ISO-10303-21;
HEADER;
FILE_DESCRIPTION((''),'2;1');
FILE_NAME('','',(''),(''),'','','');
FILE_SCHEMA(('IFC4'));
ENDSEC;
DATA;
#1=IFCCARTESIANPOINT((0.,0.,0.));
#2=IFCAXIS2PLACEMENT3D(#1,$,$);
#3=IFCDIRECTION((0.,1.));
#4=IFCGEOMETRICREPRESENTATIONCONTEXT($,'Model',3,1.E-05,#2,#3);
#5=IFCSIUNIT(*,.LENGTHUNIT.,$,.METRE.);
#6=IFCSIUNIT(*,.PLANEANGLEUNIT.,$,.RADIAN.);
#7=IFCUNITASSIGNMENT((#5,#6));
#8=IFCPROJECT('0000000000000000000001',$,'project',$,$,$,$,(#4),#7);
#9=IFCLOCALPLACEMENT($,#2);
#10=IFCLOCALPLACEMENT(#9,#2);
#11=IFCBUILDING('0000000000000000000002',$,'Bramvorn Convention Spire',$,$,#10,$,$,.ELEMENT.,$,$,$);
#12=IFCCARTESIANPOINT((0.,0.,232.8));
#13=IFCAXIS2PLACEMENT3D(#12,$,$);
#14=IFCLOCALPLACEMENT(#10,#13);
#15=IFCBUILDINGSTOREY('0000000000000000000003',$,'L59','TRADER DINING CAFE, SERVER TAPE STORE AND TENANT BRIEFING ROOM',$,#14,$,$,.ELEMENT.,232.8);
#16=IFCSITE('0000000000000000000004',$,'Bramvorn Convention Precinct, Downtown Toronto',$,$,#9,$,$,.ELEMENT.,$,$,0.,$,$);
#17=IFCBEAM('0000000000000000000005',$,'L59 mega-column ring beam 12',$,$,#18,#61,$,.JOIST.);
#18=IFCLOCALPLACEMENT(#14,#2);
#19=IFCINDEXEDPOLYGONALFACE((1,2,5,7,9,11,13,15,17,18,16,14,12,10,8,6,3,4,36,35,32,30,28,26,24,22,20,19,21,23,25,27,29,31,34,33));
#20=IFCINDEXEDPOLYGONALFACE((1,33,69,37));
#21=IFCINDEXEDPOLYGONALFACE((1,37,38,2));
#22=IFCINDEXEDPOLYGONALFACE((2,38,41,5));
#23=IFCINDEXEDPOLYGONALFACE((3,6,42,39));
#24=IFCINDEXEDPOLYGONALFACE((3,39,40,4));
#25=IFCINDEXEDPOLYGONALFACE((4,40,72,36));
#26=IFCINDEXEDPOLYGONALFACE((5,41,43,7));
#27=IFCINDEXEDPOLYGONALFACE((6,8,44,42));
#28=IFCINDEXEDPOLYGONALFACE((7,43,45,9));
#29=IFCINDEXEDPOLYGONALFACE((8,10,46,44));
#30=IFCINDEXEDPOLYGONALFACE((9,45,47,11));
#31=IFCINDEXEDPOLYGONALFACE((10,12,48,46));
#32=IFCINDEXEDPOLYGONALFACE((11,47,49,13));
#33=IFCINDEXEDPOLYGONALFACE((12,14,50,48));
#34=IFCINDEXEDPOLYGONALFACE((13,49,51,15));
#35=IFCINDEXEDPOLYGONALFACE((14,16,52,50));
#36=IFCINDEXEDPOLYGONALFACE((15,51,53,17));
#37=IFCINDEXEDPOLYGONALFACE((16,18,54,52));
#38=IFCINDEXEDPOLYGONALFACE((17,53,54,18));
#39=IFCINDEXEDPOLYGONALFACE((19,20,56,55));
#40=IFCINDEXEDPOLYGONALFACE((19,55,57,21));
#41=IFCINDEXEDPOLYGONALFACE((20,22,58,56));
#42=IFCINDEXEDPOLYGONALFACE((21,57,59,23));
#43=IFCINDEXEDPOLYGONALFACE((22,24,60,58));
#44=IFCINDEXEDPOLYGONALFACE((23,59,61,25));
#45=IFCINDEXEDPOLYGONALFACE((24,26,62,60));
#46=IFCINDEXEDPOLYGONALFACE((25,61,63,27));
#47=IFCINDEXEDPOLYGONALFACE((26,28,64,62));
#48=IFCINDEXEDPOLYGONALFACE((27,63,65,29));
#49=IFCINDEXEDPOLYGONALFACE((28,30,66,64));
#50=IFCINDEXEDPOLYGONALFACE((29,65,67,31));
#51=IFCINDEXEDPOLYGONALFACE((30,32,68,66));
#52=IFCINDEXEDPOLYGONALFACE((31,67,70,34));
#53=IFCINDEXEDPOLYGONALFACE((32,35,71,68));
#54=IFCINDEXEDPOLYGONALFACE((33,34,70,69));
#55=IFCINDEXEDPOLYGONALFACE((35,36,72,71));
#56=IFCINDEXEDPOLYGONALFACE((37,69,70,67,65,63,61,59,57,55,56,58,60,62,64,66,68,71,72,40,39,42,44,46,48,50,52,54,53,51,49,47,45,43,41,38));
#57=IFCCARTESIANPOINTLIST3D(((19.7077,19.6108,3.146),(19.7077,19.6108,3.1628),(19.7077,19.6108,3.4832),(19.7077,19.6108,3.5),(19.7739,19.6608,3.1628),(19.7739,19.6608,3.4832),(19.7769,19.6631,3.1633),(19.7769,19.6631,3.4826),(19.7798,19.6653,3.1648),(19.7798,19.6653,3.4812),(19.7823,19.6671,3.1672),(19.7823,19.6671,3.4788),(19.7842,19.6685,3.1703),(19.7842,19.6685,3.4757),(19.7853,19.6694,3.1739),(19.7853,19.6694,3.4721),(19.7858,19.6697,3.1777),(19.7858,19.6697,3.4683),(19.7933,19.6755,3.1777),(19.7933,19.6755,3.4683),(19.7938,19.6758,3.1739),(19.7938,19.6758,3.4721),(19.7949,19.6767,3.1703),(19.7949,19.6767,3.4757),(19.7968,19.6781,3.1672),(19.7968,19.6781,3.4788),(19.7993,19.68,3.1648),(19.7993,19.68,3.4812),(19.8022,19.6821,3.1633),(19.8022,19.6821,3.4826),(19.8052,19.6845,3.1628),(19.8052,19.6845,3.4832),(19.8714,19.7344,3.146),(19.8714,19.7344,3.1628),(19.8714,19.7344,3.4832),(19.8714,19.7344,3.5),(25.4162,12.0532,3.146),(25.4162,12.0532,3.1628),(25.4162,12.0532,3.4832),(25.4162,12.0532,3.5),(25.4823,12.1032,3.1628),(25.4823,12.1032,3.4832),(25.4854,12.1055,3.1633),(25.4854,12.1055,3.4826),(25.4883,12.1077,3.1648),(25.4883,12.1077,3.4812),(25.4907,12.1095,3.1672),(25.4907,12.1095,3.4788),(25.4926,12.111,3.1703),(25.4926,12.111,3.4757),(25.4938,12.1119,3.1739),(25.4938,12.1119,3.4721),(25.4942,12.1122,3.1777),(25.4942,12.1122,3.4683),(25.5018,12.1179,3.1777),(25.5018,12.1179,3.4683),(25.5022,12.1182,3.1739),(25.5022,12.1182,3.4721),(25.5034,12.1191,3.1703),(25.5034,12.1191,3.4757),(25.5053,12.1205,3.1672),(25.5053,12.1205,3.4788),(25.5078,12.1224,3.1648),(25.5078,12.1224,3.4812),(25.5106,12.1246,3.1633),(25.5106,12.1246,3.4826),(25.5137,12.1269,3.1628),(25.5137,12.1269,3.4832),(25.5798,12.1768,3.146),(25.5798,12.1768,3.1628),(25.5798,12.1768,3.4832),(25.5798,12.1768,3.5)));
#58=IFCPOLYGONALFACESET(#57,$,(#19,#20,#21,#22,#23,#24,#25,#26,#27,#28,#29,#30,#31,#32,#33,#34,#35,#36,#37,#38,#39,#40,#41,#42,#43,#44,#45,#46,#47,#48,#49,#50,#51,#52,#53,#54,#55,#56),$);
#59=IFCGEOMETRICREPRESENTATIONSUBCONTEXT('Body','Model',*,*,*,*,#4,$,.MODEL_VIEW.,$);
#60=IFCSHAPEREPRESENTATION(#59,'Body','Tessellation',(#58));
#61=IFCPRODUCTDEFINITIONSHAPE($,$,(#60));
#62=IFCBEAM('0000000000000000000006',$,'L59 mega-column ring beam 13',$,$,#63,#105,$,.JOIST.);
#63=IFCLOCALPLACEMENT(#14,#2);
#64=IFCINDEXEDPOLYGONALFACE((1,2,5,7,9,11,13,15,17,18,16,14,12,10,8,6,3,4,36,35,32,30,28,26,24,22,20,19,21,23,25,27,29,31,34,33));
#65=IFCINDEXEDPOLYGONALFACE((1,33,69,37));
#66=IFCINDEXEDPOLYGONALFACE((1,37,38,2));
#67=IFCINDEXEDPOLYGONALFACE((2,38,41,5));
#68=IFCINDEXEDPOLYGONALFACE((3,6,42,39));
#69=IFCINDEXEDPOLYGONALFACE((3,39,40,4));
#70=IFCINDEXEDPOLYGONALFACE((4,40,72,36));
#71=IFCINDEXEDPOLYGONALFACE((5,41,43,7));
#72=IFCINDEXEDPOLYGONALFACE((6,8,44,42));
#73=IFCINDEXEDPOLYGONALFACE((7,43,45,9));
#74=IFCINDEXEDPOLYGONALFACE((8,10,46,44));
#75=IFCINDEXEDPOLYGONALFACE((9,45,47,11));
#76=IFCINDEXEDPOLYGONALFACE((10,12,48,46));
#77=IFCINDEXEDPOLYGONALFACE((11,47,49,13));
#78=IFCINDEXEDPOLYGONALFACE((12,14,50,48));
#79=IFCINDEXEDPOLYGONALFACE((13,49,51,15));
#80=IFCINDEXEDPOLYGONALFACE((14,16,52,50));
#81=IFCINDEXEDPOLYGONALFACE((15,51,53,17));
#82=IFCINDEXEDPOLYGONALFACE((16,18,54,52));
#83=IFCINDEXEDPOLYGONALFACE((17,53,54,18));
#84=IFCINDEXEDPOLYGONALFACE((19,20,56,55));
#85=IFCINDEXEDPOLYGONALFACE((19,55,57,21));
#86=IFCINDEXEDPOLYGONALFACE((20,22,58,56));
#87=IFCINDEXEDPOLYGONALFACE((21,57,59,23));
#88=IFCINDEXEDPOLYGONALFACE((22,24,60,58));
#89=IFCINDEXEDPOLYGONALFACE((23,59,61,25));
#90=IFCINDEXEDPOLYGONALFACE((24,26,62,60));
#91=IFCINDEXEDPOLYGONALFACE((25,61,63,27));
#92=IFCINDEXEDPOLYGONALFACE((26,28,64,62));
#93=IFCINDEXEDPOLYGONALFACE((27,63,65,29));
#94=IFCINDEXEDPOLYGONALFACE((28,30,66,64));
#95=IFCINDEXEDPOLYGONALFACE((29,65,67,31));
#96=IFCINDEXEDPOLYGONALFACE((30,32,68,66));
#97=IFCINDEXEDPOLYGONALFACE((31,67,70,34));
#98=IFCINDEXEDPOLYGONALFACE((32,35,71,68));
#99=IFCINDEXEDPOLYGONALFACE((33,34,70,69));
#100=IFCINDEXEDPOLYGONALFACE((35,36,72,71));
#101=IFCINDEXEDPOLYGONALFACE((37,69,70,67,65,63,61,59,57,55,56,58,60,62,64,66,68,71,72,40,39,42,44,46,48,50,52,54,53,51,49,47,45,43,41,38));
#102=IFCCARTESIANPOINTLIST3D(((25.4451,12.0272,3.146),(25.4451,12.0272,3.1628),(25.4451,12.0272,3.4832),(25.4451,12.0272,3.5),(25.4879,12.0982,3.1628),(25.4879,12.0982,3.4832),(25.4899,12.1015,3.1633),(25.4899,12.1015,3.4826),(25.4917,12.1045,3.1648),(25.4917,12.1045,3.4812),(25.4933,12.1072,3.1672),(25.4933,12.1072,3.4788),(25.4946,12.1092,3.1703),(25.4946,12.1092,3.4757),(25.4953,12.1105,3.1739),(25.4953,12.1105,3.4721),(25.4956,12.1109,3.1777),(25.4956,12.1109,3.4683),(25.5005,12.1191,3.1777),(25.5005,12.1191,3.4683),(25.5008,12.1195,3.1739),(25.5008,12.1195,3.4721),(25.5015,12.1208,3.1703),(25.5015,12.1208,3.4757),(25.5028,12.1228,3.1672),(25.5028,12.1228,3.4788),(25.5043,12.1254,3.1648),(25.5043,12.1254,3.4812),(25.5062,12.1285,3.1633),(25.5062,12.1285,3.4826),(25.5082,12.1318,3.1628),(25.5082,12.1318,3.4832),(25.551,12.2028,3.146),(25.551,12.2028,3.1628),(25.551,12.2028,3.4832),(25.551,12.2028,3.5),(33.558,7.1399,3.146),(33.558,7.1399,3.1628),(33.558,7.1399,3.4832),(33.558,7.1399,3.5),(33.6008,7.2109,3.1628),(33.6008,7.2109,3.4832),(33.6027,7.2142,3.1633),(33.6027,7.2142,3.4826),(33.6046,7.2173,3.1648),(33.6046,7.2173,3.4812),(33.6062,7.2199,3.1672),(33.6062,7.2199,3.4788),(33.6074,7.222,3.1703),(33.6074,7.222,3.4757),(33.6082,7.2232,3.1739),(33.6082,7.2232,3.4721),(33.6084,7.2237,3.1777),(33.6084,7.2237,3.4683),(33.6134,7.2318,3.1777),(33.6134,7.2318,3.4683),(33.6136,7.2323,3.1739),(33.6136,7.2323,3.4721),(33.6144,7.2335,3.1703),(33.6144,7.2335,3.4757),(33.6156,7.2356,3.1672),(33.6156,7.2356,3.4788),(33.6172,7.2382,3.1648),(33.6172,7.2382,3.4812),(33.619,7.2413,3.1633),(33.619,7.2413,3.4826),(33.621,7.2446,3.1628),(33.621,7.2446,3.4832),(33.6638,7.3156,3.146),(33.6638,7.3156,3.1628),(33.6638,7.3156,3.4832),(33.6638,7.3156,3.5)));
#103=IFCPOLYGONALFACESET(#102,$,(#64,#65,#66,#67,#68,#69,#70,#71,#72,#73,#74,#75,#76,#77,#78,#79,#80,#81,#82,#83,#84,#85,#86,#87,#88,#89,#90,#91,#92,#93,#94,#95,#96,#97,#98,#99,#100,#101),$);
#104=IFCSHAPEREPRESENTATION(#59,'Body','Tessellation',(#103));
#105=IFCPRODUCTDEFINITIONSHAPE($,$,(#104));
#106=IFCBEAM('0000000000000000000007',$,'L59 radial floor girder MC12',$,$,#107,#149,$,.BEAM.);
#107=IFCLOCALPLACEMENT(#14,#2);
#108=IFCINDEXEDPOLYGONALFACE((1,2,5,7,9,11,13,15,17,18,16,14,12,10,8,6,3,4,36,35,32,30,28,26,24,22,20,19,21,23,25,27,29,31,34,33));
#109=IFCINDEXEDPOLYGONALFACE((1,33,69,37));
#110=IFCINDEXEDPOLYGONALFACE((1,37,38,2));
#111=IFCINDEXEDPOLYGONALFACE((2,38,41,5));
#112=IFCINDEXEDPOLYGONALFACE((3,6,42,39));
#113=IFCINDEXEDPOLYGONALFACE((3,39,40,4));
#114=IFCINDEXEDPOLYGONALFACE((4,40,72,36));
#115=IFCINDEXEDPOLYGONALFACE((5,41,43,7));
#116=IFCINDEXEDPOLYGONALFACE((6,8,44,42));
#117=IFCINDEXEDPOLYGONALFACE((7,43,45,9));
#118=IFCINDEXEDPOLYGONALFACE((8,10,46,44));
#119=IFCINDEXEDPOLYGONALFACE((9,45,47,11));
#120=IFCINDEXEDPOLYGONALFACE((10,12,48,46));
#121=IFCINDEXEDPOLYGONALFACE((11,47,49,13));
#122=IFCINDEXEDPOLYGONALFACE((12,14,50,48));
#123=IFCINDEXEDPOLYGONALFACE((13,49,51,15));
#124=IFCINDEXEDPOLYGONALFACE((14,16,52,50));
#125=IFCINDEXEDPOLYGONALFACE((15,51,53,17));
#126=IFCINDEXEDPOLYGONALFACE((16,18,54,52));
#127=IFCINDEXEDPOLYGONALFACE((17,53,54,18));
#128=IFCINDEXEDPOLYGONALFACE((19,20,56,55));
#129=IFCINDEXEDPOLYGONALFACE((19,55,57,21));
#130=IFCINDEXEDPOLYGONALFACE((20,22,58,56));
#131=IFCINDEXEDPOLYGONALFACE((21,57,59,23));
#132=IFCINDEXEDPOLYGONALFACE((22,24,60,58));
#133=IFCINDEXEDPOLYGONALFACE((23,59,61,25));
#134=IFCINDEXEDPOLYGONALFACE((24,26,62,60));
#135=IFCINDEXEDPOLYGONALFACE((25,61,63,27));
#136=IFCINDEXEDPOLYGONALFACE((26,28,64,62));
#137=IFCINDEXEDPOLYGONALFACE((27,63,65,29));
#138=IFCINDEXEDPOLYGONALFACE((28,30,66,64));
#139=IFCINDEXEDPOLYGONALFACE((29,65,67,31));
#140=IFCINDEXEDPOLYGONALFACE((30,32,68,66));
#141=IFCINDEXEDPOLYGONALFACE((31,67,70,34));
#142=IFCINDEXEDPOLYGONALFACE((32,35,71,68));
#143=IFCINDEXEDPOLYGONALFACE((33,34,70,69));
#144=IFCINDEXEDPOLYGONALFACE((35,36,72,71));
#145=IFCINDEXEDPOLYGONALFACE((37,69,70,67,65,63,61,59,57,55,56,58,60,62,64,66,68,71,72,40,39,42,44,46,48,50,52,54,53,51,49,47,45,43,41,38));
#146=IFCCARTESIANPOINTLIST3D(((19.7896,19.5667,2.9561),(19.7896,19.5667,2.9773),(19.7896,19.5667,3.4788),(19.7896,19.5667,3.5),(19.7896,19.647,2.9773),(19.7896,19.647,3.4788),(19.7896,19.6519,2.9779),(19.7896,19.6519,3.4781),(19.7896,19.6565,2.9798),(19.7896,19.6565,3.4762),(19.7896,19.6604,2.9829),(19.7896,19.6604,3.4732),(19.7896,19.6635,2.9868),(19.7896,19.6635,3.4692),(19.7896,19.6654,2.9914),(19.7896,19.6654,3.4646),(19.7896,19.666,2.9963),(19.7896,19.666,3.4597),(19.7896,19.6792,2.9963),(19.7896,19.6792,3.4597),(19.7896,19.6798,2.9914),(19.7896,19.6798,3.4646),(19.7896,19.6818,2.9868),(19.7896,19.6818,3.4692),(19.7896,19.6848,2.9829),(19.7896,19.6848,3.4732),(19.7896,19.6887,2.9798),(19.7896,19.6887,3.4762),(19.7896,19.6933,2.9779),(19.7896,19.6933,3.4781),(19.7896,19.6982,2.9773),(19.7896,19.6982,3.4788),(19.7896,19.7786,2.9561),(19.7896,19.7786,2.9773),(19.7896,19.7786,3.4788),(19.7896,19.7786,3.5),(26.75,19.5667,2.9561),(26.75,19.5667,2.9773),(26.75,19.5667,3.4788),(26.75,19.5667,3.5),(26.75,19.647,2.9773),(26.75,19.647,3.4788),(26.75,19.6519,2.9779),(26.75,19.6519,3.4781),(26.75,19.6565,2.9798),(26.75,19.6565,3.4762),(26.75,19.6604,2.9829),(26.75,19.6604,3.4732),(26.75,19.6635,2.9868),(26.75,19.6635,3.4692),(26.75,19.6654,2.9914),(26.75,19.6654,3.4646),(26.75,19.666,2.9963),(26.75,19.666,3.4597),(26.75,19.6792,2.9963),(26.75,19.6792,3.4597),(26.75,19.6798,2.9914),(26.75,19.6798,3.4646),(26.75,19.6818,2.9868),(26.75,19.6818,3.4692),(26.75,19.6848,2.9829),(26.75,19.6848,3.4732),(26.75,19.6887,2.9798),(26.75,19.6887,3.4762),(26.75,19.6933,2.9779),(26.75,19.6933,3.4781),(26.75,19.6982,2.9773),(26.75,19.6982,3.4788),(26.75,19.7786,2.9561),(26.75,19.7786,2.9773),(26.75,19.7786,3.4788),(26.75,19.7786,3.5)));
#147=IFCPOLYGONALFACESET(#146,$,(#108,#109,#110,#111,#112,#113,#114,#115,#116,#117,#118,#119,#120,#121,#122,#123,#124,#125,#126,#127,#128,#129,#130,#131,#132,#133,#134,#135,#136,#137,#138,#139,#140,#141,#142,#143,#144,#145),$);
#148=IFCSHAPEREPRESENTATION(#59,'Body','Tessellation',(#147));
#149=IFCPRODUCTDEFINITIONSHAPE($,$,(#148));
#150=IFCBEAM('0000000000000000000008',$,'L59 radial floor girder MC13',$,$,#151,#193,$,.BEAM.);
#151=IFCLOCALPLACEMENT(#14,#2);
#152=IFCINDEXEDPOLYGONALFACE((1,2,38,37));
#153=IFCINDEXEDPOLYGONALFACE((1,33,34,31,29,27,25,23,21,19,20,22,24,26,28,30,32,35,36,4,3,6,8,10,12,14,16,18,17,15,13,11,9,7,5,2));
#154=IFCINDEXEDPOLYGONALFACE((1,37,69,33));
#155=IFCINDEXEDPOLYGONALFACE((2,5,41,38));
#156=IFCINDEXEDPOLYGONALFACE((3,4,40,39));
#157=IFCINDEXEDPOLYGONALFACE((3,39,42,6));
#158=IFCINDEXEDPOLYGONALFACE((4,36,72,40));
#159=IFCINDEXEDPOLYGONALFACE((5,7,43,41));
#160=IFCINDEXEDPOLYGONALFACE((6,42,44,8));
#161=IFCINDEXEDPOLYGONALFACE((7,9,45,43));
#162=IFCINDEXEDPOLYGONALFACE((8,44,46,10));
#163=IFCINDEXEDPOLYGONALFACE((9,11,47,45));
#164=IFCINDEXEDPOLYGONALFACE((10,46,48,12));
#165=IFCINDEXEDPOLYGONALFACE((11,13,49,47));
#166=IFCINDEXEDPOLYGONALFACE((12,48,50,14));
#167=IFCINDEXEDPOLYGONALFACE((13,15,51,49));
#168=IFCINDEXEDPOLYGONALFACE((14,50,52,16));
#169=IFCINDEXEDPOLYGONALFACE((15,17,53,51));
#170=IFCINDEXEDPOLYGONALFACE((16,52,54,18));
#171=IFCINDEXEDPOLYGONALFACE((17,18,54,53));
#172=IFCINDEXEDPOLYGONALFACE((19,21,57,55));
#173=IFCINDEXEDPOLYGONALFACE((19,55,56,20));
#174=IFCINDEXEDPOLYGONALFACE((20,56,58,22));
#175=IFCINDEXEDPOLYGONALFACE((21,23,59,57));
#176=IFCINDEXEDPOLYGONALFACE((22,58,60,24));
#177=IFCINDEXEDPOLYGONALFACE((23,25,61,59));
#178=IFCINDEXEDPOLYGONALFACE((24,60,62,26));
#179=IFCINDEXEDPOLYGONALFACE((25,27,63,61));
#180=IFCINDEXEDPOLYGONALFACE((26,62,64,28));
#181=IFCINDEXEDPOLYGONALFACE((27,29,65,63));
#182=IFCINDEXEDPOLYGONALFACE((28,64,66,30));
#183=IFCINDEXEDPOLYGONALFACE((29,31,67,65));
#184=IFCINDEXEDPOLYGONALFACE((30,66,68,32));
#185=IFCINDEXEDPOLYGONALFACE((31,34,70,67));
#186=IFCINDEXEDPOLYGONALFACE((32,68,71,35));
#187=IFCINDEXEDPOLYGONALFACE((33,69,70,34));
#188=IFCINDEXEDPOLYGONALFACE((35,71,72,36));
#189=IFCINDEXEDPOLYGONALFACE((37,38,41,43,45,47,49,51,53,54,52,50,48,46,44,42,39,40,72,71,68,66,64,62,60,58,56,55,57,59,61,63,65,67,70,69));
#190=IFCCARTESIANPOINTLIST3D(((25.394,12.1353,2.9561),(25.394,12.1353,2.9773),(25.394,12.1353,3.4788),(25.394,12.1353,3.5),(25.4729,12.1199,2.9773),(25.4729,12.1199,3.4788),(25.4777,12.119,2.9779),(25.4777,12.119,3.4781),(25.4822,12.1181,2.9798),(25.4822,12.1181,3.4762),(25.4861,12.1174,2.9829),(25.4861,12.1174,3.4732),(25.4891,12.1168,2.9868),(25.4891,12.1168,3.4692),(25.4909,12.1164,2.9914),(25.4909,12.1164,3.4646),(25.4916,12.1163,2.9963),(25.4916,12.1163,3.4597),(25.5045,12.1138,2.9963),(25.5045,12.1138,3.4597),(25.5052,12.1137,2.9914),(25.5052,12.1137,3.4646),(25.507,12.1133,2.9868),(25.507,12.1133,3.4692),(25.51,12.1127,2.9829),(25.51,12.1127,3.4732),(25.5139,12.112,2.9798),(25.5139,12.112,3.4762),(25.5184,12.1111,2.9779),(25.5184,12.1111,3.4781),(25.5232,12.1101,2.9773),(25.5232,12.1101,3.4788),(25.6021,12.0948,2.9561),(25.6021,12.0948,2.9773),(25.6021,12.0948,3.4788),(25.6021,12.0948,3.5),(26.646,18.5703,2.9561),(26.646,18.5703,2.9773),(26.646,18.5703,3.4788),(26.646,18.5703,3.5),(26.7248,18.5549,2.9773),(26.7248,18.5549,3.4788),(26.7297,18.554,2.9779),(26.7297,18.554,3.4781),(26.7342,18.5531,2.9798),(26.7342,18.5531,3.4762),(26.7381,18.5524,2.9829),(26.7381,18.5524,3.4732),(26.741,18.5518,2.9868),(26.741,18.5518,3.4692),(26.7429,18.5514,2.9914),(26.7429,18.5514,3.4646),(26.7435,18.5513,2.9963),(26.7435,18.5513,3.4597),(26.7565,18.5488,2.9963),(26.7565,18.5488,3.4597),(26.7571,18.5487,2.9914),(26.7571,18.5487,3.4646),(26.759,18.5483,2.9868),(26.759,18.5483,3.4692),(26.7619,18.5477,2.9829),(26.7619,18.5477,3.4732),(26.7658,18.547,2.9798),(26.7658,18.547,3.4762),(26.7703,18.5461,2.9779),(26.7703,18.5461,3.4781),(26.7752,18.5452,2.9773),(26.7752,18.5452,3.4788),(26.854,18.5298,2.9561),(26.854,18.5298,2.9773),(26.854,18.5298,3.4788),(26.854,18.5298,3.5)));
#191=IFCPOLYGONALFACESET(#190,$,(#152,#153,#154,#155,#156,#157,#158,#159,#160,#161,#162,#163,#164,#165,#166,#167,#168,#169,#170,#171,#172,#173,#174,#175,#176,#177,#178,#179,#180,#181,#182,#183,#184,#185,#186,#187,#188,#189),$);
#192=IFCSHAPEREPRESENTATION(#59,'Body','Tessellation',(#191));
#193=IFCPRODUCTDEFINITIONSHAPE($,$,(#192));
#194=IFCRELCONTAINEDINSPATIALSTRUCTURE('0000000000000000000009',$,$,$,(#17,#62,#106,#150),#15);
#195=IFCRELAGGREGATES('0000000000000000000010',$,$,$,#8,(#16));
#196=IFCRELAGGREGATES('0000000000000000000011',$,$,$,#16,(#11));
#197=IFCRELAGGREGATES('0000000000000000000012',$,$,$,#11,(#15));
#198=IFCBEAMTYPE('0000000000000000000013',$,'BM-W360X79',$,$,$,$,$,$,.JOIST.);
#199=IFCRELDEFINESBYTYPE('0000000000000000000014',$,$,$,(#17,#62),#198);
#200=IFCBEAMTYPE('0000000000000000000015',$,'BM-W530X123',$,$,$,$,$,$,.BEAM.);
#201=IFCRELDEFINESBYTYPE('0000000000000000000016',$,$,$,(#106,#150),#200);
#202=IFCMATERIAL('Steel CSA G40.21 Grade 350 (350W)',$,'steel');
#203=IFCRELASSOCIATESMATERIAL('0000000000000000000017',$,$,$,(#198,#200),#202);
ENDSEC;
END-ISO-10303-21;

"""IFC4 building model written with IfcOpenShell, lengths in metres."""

from ifc_helpers import new_model, si_unit, direction, frame, origin, origin_2d, place, context, subcontext, project, spatial, i_section, extrude, material, material_profile, profile_set, type_object, element, save


model = new_model("IFC4")

# Units and contexts
model_context = context("Model", 3, precision=1e-05, world=origin(), true_north=direction((0.0, 1.0)))
body_context = subcontext(model_context, "Body", "Model", "MODEL_VIEW")
ifc_project = project(units=[si_unit("LENGTHUNIT", "METRE"), si_unit("PLANEANGLEUNIT", "RADIAN")], contexts=[model_context])

# Site, building, storey
site_placement = place(None, origin())
site = spatial("IfcSite", under=ifc_project, at=site_placement, Name="Bramvorn Convention Precinct, Downtown Toronto", CompositionType="ELEMENT", RefElevation=0.0)
building_placement = place(site_placement, origin())
building = spatial("IfcBuilding", under=site, at=building_placement, Name="Bramvorn Convention Spire", CompositionType="ELEMENT")
storey_placement = place(building_placement, frame((0.0, 0.0, 232.8)))
storey = spatial("IfcBuildingStorey", under=building, at=storey_placement, Name="L59", Description="TRADER DINING CAFE, SERVER TAPE STORE AND TENANT BRIEFING ROOM", CompositionType="ELEMENT", Elevation=232.8)

# Shared definitions
ifc_material_1 = material(Name="Steel CSA G40.21 Grade 350 (350W)", Category="steel")

# Beams
ifc_material_profile_1 = material_profile(ifc_material_1, i_section(OverallWidth=0.2051, OverallDepth=0.354, WebThickness=0.0095, FlangeThickness=0.0168, FilletRadius=0.0149, at=origin_2d()))
ifc_profile_set_1 = profile_set([ifc_material_profile_1], Name="Steel CSA G40.21 Grade 350 (350W) - W360X79")
beam_type_1 = type_object("IfcBeamType", Name="BM-W360X79", PredefinedType="JOIST", material=ifc_profile_set_1)
for number, where, z_axis, x_axis, name in (
    (1, (19.7896, 19.6726, 3.323), (0.602719, -0.797954, 0.0), (0.797954, 0.602719, 0.0), "L59 mega-column ring beam 12"),
    (2, (25.498, 12.115, 3.323), (0.856582, -0.516011, 0.0), (0.516011, 0.856582, 0.0), "L59 mega-column ring beam 13"),
):
    element("IfcBeam", number, at=place(storey_placement, frame(where, z_axis=z_axis, x_axis=x_axis)), inside=storey, type_object=beam_type_1, Name=name, PredefinedType="JOIST", context=body_context, shape_type="SweptSolid", body=[
        extrude(i_section(OverallWidth=0.2051, OverallDepth=0.354, WebThickness=0.0095, FlangeThickness=0.0168, FilletRadius=0.0149, at=origin_2d()), origin(), (0.0, 0.0, 1.0), 9.4712),
    ])
ifc_material_profile_2 = material_profile(ifc_material_1, i_section(OverallWidth=0.2119, OverallDepth=0.5439, WebThickness=0.0132, FlangeThickness=0.0212, FilletRadius=0.019, at=origin_2d()))
ifc_profile_set_2 = profile_set([ifc_material_profile_2], Name="Steel CSA G40.21 Grade 350 (350W) - W530X123")
beam_type_2 = type_object("IfcBeamType", Name="BM-W530X123", PredefinedType="BEAM", material=ifc_profile_set_2)
beam_1_placement = place(storey_placement, frame((26.75, 19.6726, 3.228), z_axis=(-1.0, 0.0, 0.0), x_axis=(0.0, -1.0, 0.0)))
element("IfcBeam", 3, at=beam_1_placement, inside=storey, type_object=beam_type_2, Name="L59 radial floor girder MC12", PredefinedType="BEAM", context=body_context, shape_type="SweptSolid", body=[
    extrude(i_section(OverallWidth=0.2119, OverallDepth=0.5439, WebThickness=0.0132, FlangeThickness=0.0212, FilletRadius=0.019, at=origin_2d()), origin(), (0.0, 0.0, 1.0), 6.9604),
])
beam_2_placement = place(storey_placement, frame((26.75, 18.55, 3.228), z_axis=(-0.190971, -0.981596, 0.0), x_axis=(0.981596, -0.190971, 0.0)))
element("IfcBeam", 4, at=beam_2_placement, inside=storey, type_object=beam_type_2, Name="L59 radial floor girder MC13", PredefinedType="BEAM", context=body_context, shape_type="SweptSolid", body=[
    extrude(i_section(OverallWidth=0.2119, OverallDepth=0.5439, WebThickness=0.0132, FlangeThickness=0.0212, FilletRadius=0.019, at=origin_2d()), origin(), (0.0, 0.0, 1.0), 6.5557),
])

save(model, "model.ifc")
